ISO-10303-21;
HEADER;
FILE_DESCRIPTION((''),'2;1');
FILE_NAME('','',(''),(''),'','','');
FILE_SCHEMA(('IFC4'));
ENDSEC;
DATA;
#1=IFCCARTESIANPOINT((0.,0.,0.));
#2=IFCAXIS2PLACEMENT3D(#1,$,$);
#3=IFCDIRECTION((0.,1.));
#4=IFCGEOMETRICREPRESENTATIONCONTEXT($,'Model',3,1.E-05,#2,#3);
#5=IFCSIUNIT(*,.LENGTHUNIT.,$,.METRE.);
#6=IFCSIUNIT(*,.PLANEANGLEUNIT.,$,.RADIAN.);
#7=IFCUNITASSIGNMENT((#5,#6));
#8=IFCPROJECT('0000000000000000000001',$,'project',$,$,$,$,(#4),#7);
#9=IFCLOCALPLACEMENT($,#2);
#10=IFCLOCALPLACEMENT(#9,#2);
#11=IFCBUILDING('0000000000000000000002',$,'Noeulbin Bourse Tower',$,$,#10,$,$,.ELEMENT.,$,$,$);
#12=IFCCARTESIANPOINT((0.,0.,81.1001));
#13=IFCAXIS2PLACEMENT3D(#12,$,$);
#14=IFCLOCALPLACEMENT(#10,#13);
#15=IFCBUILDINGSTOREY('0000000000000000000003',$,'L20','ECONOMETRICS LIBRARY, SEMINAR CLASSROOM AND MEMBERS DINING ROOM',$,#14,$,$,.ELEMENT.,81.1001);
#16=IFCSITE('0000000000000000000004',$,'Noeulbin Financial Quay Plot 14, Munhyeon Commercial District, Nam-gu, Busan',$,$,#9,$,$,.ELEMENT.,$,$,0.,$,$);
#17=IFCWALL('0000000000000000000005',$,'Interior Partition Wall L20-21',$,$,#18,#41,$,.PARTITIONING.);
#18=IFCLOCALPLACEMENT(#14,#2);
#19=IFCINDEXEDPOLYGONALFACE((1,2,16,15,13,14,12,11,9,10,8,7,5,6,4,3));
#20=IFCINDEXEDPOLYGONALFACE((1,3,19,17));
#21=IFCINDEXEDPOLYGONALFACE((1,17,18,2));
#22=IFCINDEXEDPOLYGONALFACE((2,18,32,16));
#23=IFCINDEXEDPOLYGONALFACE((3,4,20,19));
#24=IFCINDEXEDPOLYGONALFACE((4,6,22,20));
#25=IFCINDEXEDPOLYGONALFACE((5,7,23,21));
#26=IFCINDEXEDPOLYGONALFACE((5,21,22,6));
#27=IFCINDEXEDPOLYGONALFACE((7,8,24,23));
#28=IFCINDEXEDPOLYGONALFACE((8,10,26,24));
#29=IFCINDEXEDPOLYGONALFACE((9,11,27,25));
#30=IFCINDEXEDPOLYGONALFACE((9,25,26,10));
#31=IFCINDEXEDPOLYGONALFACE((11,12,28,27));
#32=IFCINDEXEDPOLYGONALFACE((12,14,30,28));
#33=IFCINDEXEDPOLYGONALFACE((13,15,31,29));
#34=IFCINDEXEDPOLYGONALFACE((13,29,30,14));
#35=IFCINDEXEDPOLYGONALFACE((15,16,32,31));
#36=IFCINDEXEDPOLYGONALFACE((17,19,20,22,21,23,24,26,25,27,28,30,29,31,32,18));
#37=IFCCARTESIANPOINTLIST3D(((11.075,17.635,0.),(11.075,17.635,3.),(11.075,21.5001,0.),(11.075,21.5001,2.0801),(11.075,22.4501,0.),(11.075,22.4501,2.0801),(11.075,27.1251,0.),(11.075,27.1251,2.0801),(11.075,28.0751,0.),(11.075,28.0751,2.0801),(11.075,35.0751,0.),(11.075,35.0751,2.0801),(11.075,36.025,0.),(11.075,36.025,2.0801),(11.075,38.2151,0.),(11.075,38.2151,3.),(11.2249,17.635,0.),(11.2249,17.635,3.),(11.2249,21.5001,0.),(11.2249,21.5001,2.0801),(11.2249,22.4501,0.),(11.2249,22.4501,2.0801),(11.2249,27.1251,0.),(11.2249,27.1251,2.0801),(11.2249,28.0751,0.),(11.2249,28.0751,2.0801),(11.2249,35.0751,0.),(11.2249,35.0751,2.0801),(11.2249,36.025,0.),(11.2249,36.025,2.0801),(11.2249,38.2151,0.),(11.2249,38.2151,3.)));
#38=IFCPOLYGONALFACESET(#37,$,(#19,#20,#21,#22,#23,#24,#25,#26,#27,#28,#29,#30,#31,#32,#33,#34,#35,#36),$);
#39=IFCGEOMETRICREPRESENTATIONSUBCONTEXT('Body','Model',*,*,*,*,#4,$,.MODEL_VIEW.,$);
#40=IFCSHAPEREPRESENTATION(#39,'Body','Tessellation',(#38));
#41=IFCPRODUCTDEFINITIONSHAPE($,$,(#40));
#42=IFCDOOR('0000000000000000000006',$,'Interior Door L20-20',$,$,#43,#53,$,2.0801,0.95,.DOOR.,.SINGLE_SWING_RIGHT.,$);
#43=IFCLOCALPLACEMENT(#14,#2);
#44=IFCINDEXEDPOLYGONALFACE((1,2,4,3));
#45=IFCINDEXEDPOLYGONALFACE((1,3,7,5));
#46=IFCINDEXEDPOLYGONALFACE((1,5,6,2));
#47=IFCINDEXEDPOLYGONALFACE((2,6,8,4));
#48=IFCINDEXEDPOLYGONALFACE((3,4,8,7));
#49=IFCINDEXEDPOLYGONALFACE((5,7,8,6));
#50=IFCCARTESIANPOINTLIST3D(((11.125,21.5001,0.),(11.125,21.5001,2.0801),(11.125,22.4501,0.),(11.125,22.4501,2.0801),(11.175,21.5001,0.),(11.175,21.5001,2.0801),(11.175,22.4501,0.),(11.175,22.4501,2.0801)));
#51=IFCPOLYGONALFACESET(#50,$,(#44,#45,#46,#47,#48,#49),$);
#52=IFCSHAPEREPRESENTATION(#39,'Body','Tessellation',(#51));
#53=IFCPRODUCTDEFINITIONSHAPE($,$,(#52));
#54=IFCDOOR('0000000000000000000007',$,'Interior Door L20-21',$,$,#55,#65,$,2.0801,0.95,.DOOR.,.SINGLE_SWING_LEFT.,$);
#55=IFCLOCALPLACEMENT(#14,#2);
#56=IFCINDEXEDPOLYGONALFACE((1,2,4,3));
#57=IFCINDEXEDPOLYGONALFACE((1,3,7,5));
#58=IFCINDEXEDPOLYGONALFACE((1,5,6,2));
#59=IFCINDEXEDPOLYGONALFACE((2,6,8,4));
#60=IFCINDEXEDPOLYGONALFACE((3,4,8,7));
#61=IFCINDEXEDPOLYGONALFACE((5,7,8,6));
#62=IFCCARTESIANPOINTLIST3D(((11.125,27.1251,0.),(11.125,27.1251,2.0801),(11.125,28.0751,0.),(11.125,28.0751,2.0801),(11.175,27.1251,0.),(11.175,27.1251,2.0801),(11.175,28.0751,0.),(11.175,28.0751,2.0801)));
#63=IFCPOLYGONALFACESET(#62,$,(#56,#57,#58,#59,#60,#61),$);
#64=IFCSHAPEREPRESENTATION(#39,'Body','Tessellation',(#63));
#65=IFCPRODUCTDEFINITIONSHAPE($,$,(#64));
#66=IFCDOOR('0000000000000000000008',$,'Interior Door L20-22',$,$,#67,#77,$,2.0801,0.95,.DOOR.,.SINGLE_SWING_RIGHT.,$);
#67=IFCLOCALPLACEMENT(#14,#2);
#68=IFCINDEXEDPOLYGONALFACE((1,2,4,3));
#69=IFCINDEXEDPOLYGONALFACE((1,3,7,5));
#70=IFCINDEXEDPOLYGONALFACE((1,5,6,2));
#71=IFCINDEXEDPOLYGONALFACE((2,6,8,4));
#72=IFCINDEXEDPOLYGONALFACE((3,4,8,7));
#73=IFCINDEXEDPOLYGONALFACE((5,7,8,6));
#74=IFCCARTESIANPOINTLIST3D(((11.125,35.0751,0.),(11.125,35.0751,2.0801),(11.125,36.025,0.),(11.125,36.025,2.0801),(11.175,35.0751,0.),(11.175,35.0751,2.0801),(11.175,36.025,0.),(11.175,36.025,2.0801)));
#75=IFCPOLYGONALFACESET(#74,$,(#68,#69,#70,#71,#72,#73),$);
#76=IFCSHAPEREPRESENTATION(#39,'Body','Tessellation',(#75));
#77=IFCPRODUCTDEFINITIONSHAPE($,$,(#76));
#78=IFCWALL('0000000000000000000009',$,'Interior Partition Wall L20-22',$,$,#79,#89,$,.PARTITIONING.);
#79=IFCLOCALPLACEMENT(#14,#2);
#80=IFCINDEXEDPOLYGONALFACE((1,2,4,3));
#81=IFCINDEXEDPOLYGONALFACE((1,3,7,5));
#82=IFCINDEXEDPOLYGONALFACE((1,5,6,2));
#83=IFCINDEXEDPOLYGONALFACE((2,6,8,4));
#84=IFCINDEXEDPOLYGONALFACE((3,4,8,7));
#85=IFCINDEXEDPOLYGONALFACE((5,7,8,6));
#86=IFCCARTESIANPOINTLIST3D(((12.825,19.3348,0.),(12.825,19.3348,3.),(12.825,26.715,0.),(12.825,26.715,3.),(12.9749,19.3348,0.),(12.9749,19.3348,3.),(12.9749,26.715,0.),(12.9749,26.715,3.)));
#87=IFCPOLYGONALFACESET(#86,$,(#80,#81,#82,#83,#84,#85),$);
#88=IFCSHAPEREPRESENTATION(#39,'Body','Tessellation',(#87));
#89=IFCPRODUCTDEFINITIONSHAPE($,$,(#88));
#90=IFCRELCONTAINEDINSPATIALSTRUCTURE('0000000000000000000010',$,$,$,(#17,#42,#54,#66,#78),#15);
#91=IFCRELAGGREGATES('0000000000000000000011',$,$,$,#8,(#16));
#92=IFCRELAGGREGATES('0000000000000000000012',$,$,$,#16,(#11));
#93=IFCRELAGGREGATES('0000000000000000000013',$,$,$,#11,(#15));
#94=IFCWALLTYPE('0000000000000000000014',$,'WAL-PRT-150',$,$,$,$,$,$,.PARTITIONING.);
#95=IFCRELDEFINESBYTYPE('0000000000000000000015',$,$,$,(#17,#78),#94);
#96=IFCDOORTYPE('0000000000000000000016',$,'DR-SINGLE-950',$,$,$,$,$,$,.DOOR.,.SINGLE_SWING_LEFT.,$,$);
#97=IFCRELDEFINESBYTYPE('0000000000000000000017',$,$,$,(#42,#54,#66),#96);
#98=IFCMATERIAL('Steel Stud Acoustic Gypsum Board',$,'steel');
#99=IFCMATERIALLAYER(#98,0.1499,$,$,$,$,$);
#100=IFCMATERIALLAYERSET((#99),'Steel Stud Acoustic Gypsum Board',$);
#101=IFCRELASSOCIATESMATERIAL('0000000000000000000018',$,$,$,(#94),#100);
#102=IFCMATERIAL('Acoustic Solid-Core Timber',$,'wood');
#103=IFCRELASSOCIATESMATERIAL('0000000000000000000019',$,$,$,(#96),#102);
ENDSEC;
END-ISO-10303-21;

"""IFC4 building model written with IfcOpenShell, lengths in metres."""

from ifc_helpers import new_model, si_unit, direction, frame, frame_2d, origin, place, context, subcontext, project, spatial, rectangle, extrude, material, layer, layer_set, type_object, element, fill, save


model = new_model("IFC4")

# Units and contexts
model_context = context("Model", 3, precision=1e-05, world=origin(), true_north=direction((0.0, 1.0)))
body_context = subcontext(model_context, "Body", "Model", "MODEL_VIEW")
ifc_project = project(units=[si_unit("LENGTHUNIT", "METRE"), si_unit("PLANEANGLEUNIT", "RADIAN")], contexts=[model_context])

# Site, building, storey
site_placement = place(None, origin())
site = spatial("IfcSite", under=ifc_project, at=site_placement, Name="Noeulbin Financial Quay Plot 14, Munhyeon Commercial District, Nam-gu, Busan", CompositionType="ELEMENT", RefElevation=0.0)
building_placement = place(site_placement, origin())
building = spatial("IfcBuilding", under=site, at=building_placement, Name="Noeulbin Bourse Tower", CompositionType="ELEMENT")
storey_placement = place(building_placement, frame((0.0, 0.0, 81.1001)))
storey = spatial("IfcBuildingStorey", under=building, at=storey_placement, Name="L20", Description="ECONOMETRICS LIBRARY, SEMINAR CLASSROOM AND MEMBERS DINING ROOM", CompositionType="ELEMENT", Elevation=81.1001)

# Shared definitions
ifc_material_1 = material(Name="Steel Stud Acoustic Gypsum Board", Category="steel")
ifc_layer_1 = layer(ifc_material_1, 0.1499)
ifc_layer_set_1 = layer_set([ifc_layer_1], Name="Steel Stud Acoustic Gypsum Board")
wall_type = type_object("IfcWallType", Name="WAL-PRT-150", PredefinedType="PARTITIONING", material=ifc_layer_set_1)
ifc_material_2 = material(Name="Acoustic Solid-Core Timber", Category="wood")
door_type = type_object("IfcDoorType", Name="DR-SINGLE-950", OperationType="SINGLE_SWING_LEFT", PredefinedType="DOOR", material=ifc_material_2)

# Wall, openings, doors
wall_1_placement = place(storey_placement, frame((11.1499, 17.635, 0.0), z_axis=(0.0, 0.0, 1.0), x_axis=(0.0, 1.0, 0.0)))
wall_1 = element("IfcWall", 1, at=wall_1_placement, inside=storey, type_object=wall_type, Name="Interior Partition Wall L20-21", PredefinedType="PARTITIONING", context=body_context, shape_type="SweptSolid", body=[
    extrude(rectangle(XDim=20.5801, YDim=0.1499, at=frame_2d((10.29, 0.0))), origin(), (0.0, 0.0, 1.0), 3.0),
])
opening_1_placement = place(wall_1_placement, frame((3.865, 0.0, 0.0)))
opening_1 = element("IfcOpeningElement", 2, at=opening_1_placement, cuts=wall_1, PredefinedType="OPENING", context=body_context, shape_type="SweptSolid", body=[
    extrude(rectangle(XDim=0.95, YDim=2.0801, at=frame_2d((0.4751, 1.04))), frame((0.0, 0.085, 0.0), z_axis=(0.0, -1.0, 0.0), x_axis=(1.0, 0.0, 0.0)), (0.0, 0.0, 1.0), 0.1699),
])
opening_2_placement = place(wall_1_placement, frame((9.49, 0.0, 0.0)))
opening_2 = element("IfcOpeningElement", 3, at=opening_2_placement, cuts=wall_1, PredefinedType="OPENING", context=body_context, shape_type="SweptSolid", body=[
    extrude(rectangle(XDim=0.95, YDim=2.0801, at=frame_2d((0.4751, 1.04))), frame((0.0, 0.085, 0.0), z_axis=(0.0, -1.0, 0.0), x_axis=(1.0, 0.0, 0.0)), (0.0, 0.0, 1.0), 0.1699),
])
opening_3_placement = place(wall_1_placement, frame((17.4399, 0.0, 0.0)))
opening_3 = element("IfcOpeningElement", 4, at=opening_3_placement, cuts=wall_1, PredefinedType="OPENING", context=body_context, shape_type="SweptSolid", body=[
    extrude(rectangle(XDim=0.95, YDim=2.0801, at=frame_2d((0.4751, 1.04))), frame((0.0, 0.085, 0.0), z_axis=(0.0, -1.0, 0.0), x_axis=(1.0, 0.0, 0.0)), (0.0, 0.0, 1.0), 0.1699),
])
door_1_placement = place(opening_1_placement, origin())
door_1 = element("IfcDoor", 5, at=door_1_placement, inside=storey, type_object=door_type, Name="Interior Door L20-20", OperationType="SINGLE_SWING_RIGHT", OverallHeight=2.0801, OverallWidth=0.95, PredefinedType="DOOR", context=body_context, shape_type="SweptSolid", body=[
    extrude(rectangle(XDim=0.95, YDim=2.0801, at=frame_2d((0.4751, 1.04))), frame((0.0, 0.0249, 0.0), z_axis=(0.0, -1.0, 0.0), x_axis=(1.0, 0.0, 0.0)), (0.0, 0.0, 1.0), 0.05),
])
fill(opening_1, door_1)
door_2_placement = place(opening_2_placement, origin())
door_2 = element("IfcDoor", 6, at=door_2_placement, inside=storey, type_object=door_type, Name="Interior Door L20-21", OperationType="SINGLE_SWING_LEFT", OverallHeight=2.0801, OverallWidth=0.95, PredefinedType="DOOR", context=body_context, shape_type="SweptSolid", body=[
    extrude(rectangle(XDim=0.95, YDim=2.0801, at=frame_2d((0.4751, 1.04))), frame((0.0, 0.0249, 0.0), z_axis=(0.0, -1.0, 0.0), x_axis=(1.0, 0.0, 0.0)), (0.0, 0.0, 1.0), 0.05),
])
fill(opening_2, door_2)
door_3_placement = place(opening_3_placement, origin())
door_3 = element("IfcDoor", 7, at=door_3_placement, inside=storey, type_object=door_type, Name="Interior Door L20-22", OperationType="SINGLE_SWING_RIGHT", OverallHeight=2.0801, OverallWidth=0.95, PredefinedType="DOOR", context=body_context, shape_type="SweptSolid", body=[
    extrude(rectangle(XDim=0.95, YDim=2.0801, at=frame_2d((0.4751, 1.04))), frame((0.0, 0.0249, 0.0), z_axis=(0.0, -1.0, 0.0), x_axis=(1.0, 0.0, 0.0)), (0.0, 0.0, 1.0), 0.05),
])
fill(opening_3, door_3)

# Wall
wall_2_placement = place(storey_placement, frame((12.8999, 19.335, 0.0), z_axis=(0.0, 0.0, 1.0), x_axis=(0.0, 1.0, 0.0)))
element("IfcWall", 8, at=wall_2_placement, inside=storey, type_object=wall_type, Name="Interior Partition Wall L20-22", PredefinedType="PARTITIONING", context=body_context, shape_type="SweptSolid", body=[
    extrude(rectangle(XDim=7.3801, YDim=0.1499, at=frame_2d((3.6899, 0.0))), origin(), (0.0, 0.0, 1.0), 3.0),
])

save(model, "model.ifc")
